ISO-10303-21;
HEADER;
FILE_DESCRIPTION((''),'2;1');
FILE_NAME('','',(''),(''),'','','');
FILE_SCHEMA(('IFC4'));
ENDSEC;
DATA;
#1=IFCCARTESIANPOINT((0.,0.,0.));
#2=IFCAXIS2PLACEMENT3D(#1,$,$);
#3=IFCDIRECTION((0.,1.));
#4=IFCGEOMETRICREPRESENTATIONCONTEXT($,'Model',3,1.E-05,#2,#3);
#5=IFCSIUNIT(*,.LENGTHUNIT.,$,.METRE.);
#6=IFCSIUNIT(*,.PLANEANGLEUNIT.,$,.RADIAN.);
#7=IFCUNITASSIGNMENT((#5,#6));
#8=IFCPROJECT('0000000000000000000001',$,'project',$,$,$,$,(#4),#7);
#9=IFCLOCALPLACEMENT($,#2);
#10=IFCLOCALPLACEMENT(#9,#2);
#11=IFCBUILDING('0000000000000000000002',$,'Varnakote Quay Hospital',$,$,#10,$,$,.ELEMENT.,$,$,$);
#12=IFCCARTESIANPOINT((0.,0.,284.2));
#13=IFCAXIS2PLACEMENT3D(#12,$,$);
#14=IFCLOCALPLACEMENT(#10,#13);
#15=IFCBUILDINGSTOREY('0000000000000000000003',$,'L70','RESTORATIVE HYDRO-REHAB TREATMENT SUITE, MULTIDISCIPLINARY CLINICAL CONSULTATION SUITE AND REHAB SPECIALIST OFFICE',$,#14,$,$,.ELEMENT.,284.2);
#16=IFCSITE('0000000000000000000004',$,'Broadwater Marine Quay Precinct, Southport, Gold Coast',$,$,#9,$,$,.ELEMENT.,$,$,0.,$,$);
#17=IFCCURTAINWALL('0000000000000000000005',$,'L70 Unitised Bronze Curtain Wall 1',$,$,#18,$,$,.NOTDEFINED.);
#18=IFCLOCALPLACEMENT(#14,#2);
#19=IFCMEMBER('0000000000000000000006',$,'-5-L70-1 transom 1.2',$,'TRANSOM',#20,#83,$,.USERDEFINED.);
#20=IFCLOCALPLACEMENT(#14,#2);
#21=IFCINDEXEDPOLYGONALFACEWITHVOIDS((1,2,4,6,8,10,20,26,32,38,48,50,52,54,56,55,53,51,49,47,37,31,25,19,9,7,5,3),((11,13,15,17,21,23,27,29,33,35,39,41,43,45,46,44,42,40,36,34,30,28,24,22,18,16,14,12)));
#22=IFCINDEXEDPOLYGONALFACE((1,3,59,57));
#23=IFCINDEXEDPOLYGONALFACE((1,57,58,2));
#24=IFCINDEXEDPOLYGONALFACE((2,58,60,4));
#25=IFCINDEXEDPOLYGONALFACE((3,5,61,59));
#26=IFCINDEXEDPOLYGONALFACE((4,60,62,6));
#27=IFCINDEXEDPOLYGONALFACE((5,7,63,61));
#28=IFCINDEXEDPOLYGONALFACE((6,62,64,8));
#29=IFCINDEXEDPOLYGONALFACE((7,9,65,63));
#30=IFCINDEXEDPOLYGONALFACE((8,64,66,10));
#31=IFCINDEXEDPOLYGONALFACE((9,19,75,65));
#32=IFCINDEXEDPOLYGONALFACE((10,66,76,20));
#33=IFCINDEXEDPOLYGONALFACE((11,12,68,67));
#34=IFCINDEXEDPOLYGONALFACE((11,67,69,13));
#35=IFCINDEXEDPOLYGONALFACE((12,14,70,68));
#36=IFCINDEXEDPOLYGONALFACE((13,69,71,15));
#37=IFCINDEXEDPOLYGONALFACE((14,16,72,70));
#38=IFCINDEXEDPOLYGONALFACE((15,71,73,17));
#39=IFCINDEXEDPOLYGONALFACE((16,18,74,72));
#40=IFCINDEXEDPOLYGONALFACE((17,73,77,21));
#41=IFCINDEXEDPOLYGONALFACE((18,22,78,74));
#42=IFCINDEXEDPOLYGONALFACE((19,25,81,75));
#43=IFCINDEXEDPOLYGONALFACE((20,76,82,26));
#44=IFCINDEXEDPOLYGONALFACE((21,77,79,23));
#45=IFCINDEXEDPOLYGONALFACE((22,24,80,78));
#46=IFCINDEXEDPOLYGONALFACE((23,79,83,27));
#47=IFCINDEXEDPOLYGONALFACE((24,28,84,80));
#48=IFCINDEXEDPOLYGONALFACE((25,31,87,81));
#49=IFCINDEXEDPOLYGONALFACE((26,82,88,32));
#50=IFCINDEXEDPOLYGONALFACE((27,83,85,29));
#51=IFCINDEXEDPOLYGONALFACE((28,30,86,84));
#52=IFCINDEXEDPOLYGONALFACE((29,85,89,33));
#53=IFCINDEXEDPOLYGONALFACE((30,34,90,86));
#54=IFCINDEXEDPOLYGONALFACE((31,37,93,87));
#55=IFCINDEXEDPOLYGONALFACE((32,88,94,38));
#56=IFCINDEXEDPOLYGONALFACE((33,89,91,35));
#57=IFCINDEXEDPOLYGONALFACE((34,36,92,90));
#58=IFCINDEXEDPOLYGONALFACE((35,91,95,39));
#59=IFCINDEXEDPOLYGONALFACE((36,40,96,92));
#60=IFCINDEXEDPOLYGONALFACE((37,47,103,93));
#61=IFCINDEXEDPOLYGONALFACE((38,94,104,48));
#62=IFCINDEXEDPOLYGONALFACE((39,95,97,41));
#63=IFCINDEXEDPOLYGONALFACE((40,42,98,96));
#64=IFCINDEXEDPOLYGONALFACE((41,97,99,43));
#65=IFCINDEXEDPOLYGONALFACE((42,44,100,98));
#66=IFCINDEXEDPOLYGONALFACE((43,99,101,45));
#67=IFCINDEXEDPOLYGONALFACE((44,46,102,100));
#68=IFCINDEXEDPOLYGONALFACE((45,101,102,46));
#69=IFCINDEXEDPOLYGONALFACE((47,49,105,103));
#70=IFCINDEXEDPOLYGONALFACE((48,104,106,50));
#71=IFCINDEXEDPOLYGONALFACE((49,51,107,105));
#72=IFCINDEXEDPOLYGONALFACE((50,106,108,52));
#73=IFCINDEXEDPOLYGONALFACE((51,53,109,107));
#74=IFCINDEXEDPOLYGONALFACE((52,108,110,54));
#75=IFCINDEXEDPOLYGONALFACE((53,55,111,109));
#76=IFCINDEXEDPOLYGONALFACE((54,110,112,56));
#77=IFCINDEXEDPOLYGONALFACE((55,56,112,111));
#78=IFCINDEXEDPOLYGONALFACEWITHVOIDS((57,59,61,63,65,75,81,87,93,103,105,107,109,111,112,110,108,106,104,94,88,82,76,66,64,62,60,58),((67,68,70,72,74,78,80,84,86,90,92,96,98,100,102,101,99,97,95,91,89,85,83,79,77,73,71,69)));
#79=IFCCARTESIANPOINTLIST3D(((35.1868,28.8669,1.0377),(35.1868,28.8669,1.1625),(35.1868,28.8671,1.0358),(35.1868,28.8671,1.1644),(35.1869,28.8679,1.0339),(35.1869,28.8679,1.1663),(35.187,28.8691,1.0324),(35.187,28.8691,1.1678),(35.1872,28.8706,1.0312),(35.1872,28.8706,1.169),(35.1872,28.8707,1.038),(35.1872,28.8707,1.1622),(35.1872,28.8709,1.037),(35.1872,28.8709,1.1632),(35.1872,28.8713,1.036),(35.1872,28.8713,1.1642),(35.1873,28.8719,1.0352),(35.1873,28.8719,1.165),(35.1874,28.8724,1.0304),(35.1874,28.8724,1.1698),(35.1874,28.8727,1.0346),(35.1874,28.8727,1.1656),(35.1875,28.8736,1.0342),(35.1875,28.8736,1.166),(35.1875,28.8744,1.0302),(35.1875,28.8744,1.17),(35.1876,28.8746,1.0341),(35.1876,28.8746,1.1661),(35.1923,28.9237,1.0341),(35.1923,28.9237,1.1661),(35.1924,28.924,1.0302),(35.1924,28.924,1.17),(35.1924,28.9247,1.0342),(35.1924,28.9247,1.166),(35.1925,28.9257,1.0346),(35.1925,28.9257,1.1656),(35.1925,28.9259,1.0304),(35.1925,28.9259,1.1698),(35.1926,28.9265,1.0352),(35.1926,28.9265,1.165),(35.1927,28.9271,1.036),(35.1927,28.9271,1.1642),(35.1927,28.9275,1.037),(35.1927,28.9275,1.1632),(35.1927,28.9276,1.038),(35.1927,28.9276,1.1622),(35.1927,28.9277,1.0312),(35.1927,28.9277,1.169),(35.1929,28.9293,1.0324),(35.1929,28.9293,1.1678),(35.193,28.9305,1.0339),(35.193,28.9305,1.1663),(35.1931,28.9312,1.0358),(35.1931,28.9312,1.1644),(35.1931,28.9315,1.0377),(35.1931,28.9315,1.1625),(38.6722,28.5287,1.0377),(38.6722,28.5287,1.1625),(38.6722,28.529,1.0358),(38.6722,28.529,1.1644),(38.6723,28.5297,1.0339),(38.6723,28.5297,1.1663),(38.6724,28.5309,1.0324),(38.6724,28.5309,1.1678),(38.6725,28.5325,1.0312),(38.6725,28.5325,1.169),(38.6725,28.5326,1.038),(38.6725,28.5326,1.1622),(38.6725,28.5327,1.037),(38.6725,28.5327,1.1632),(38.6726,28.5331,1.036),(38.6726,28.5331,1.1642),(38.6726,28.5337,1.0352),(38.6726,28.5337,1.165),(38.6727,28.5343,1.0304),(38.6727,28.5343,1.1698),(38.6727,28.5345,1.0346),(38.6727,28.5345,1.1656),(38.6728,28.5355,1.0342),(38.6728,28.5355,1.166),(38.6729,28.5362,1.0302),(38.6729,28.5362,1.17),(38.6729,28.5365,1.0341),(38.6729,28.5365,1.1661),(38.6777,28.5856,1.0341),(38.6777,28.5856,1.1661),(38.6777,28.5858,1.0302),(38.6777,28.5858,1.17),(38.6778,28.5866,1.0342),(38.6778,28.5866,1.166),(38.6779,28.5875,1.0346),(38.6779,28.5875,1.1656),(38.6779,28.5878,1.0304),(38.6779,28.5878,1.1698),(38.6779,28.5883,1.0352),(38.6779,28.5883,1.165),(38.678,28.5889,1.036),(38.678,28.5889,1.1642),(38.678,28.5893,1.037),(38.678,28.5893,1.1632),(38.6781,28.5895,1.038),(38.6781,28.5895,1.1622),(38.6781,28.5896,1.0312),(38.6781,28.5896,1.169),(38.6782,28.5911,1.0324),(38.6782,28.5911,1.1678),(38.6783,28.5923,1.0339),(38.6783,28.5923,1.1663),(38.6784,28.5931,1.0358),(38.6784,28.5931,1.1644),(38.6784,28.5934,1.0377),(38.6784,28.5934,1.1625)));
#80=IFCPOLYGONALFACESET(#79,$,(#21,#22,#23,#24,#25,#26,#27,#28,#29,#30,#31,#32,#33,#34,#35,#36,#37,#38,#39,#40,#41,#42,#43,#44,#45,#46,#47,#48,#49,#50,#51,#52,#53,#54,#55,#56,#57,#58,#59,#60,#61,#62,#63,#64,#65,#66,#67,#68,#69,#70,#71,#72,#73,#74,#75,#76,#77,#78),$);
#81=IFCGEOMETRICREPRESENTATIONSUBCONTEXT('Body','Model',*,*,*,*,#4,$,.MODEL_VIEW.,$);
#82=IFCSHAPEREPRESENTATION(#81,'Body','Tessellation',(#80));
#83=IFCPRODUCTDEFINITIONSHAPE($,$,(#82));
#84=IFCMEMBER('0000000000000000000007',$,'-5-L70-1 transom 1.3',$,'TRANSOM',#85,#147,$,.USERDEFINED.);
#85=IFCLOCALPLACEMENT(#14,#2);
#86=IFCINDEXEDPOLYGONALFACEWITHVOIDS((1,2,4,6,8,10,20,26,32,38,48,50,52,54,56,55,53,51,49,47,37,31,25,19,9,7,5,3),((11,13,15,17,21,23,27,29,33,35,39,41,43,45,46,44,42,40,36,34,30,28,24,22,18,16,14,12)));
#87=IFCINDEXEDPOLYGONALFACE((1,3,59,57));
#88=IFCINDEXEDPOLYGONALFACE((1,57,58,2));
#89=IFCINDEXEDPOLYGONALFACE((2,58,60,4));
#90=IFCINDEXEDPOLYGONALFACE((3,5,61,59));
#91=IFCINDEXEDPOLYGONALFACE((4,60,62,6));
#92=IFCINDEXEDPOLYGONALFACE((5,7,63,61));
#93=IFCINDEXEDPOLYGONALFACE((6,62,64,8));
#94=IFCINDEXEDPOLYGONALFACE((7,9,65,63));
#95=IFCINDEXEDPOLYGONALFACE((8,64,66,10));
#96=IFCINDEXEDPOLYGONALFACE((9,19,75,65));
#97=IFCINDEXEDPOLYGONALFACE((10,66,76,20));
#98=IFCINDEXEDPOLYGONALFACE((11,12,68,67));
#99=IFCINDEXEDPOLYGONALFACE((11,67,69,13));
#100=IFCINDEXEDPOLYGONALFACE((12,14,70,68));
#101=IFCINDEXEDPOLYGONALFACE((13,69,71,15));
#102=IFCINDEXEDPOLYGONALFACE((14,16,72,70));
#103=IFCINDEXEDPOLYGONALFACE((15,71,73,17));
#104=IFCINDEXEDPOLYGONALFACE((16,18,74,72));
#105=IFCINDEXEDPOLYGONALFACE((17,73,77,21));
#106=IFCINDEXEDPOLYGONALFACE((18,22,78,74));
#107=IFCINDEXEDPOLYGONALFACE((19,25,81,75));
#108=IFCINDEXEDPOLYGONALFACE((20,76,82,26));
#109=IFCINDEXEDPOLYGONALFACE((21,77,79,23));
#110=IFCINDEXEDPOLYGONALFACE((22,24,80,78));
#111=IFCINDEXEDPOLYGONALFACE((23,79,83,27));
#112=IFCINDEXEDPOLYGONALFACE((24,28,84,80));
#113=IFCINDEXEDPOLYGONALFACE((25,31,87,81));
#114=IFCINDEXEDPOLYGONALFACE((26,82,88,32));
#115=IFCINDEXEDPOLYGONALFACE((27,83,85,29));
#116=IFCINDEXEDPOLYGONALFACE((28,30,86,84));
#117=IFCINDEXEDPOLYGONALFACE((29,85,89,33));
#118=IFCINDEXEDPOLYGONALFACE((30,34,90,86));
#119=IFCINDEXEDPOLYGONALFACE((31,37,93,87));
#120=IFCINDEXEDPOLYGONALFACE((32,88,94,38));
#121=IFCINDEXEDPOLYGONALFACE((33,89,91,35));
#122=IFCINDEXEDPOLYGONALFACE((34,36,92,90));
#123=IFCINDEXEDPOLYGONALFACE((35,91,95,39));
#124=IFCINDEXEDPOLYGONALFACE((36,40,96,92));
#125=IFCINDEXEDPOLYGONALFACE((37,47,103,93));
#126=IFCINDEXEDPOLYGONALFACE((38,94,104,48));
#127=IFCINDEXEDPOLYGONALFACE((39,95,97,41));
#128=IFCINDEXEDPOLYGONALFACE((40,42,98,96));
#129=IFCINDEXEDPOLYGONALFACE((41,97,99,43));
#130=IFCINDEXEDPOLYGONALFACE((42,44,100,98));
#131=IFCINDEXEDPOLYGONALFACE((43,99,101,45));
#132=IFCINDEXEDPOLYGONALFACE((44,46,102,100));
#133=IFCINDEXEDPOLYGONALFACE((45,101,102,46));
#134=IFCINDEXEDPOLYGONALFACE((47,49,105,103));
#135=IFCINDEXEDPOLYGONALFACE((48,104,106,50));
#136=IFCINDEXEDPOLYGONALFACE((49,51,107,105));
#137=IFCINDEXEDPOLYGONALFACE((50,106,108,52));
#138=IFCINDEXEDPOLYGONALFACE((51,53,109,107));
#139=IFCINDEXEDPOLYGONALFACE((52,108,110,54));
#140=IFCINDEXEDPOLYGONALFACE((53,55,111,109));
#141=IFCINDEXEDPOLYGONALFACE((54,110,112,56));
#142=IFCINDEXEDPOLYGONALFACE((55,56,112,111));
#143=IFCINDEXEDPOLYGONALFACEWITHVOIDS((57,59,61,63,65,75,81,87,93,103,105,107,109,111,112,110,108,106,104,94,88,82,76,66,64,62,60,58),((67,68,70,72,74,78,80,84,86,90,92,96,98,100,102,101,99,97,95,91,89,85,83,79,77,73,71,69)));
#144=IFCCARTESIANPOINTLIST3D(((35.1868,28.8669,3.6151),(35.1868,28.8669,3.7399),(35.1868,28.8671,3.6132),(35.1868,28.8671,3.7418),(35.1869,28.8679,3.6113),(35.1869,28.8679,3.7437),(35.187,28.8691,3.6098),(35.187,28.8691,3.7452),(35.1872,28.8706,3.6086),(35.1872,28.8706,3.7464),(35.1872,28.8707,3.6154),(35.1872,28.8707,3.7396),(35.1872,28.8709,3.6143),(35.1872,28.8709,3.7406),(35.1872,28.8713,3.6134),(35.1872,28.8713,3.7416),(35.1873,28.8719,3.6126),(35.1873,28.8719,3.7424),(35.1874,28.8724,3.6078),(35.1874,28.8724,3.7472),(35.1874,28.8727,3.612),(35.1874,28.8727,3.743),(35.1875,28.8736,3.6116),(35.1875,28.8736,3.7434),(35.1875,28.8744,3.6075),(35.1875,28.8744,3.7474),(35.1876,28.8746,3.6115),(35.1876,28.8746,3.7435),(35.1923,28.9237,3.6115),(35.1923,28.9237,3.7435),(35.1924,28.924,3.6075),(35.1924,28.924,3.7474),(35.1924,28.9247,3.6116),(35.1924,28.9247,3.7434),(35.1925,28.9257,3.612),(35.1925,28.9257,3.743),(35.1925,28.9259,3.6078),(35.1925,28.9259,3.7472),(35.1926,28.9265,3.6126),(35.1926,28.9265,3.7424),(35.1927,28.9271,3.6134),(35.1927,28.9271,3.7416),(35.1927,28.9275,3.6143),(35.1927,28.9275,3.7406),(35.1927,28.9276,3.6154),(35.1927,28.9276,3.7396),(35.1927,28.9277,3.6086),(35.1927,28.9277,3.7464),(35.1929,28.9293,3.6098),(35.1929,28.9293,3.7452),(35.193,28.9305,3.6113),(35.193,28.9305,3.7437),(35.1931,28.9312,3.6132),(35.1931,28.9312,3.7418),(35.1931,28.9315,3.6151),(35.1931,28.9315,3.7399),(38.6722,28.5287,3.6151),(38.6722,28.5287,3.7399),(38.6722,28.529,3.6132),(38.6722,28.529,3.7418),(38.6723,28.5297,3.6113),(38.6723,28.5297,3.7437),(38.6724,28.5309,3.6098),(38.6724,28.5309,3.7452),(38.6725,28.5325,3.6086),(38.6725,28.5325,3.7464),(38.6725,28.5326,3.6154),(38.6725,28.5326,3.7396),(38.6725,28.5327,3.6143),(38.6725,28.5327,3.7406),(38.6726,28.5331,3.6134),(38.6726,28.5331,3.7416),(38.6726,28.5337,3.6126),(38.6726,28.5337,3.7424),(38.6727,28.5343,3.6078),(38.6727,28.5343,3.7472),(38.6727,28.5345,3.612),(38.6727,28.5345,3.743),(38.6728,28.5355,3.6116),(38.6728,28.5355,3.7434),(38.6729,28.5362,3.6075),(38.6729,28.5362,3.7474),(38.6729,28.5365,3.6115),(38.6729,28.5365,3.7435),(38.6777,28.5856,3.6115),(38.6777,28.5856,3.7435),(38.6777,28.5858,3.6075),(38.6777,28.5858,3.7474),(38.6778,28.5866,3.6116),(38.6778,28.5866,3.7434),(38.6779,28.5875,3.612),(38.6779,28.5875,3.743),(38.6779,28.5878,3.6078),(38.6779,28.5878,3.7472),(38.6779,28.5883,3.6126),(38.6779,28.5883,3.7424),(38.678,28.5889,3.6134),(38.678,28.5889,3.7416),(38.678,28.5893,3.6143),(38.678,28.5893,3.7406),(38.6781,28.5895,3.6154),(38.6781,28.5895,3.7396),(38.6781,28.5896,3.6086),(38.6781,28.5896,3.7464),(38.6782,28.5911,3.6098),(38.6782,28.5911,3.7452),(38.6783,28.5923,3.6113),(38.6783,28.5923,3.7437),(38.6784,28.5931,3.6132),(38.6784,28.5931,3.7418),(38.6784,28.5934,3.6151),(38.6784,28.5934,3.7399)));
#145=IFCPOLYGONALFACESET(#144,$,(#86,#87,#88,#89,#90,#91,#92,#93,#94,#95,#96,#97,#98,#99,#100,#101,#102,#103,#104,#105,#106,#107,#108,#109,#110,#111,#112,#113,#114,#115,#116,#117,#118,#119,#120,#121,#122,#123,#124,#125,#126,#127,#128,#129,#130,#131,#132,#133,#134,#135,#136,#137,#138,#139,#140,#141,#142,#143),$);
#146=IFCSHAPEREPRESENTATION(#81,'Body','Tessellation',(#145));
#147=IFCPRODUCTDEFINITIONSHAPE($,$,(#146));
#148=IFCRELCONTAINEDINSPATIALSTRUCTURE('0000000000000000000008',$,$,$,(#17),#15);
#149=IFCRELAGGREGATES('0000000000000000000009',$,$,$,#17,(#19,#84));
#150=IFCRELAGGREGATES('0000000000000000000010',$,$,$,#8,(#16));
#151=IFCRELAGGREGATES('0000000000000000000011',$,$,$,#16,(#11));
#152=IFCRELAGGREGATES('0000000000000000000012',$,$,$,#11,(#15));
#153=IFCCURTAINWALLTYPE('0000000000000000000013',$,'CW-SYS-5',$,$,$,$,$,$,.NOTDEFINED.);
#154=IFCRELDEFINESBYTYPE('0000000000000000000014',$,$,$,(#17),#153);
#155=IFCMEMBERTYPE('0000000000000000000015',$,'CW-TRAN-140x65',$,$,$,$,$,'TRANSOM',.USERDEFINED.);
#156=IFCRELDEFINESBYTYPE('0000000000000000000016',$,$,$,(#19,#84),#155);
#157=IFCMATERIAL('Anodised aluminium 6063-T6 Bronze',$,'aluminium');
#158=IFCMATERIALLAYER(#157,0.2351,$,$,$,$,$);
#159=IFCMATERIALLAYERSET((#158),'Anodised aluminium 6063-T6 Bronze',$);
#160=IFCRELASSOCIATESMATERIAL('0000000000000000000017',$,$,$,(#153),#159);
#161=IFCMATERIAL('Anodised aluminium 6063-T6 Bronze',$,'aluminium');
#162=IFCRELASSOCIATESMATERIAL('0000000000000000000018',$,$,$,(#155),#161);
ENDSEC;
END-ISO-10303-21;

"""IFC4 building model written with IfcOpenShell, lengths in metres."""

from ifc_helpers import new_model, si_unit, direction, frame, origin, origin_2d, place, context, subcontext, project, spatial, hollow_rectangle, extrude, material, layer, layer_set, material_profile, profile_set, type_object, element, aggregate, save


model = new_model("IFC4")

# Units and contexts
model_context = context("Model", 3, precision=1e-05, world=origin(), true_north=direction((0.0, 1.0)))
body_context = subcontext(model_context, "Body", "Model", "MODEL_VIEW")
ifc_project = project(units=[si_unit("LENGTHUNIT", "METRE"), si_unit("PLANEANGLEUNIT", "RADIAN")], contexts=[model_context])

# Site, building, storey
site_placement = place(None, origin())
site = spatial("IfcSite", under=ifc_project, at=site_placement, Name="Broadwater Marine Quay Precinct, Southport, Gold Coast", CompositionType="ELEMENT", RefElevation=0.0)
building_placement = place(site_placement, origin())
building = spatial("IfcBuilding", under=site, at=building_placement, Name="Varnakote Quay Hospital", CompositionType="ELEMENT")
storey_placement = place(building_placement, frame((0.0, 0.0, 284.2)))
storey = spatial("IfcBuildingStorey", under=building, at=storey_placement, Name="L70", Description="RESTORATIVE HYDRO-REHAB TREATMENT SUITE, MULTIDISCIPLINARY CLINICAL CONSULTATION SUITE AND REHAB SPECIALIST OFFICE", CompositionType="ELEMENT", Elevation=284.2)

# Curtain wall, members
ifc_material_1 = material(Name="Anodised aluminium 6063-T6 Bronze", Category="aluminium")
ifc_layer_1 = layer(ifc_material_1, 0.2351)
ifc_layer_set_1 = layer_set([ifc_layer_1], Name="Anodised aluminium 6063-T6 Bronze")
curtain_wall_type = type_object("IfcCurtainWallType", Name="CW-SYS-5", PredefinedType="NOTDEFINED", material=ifc_layer_set_1)
curtain_wall_placement = place(storey_placement, origin())
curtain_wall = element("IfcCurtainWall", 1, at=curtain_wall_placement, inside=storey, type_object=curtain_wall_type, Name="L70 Unitised Bronze Curtain Wall 1", PredefinedType="NOTDEFINED")
ifc_material_2 = material(Name="Anodised aluminium 6063-T6 Bronze", Category="aluminium")
ifc_material_profile_1 = material_profile(ifc_material_2, hollow_rectangle(XDim=0.0649, YDim=0.1399, WallThickness=0.0039, InnerFilletRadius=0.0039, OuterFilletRadius=0.0076, at=origin_2d()), Name="CW-TRAN-140x65")
ifc_profile_set_1 = profile_set([ifc_material_profile_1], Name="Anodised aluminium 6063-T6 Bronze")
member_type_1 = type_object("IfcMemberType", Name="CW-TRAN-140x65", ElementType="TRANSOM", PredefinedType="USERDEFINED", material=ifc_profile_set_1)
member_1_placement = place(storey_placement, frame((38.6753, 28.561, 1.1001), z_axis=(-0.995327, 0.096563, 0.0), x_axis=(-0.096563, -0.995327, 0.0)))
member_1 = element("IfcMember", 2, at=member_1_placement, type_object=member_type_1, Name="-5-L70-1 transom 1.2", ObjectType="TRANSOM", PredefinedType="USERDEFINED", context=body_context, shape_type="SweptSolid", body=[
    extrude(hollow_rectangle(XDim=0.0649, YDim=0.1399, WallThickness=0.0039, InnerFilletRadius=0.0039, OuterFilletRadius=0.0076, at=origin_2d()), origin(), (0.0, 0.0, 1.0), 3.5017),
])
member_2_placement = place(storey_placement, frame((38.6753, 28.561, 3.6775), z_axis=(-0.995327, 0.096563, 0.0), x_axis=(-0.096563, -0.995327, 0.0)))
member_2 = element("IfcMember", 3, at=member_2_placement, type_object=member_type_1, Name="-5-L70-1 transom 1.3", ObjectType="TRANSOM", PredefinedType="USERDEFINED", context=body_context, shape_type="SweptSolid", body=[
    extrude(hollow_rectangle(XDim=0.0649, YDim=0.1399, WallThickness=0.0039, InnerFilletRadius=0.0039, OuterFilletRadius=0.0076, at=origin_2d()), origin(), (0.0, 0.0, 1.0), 3.5017),
])
aggregate(curtain_wall, [member_1, member_2])

save(model, "model.ifc")
